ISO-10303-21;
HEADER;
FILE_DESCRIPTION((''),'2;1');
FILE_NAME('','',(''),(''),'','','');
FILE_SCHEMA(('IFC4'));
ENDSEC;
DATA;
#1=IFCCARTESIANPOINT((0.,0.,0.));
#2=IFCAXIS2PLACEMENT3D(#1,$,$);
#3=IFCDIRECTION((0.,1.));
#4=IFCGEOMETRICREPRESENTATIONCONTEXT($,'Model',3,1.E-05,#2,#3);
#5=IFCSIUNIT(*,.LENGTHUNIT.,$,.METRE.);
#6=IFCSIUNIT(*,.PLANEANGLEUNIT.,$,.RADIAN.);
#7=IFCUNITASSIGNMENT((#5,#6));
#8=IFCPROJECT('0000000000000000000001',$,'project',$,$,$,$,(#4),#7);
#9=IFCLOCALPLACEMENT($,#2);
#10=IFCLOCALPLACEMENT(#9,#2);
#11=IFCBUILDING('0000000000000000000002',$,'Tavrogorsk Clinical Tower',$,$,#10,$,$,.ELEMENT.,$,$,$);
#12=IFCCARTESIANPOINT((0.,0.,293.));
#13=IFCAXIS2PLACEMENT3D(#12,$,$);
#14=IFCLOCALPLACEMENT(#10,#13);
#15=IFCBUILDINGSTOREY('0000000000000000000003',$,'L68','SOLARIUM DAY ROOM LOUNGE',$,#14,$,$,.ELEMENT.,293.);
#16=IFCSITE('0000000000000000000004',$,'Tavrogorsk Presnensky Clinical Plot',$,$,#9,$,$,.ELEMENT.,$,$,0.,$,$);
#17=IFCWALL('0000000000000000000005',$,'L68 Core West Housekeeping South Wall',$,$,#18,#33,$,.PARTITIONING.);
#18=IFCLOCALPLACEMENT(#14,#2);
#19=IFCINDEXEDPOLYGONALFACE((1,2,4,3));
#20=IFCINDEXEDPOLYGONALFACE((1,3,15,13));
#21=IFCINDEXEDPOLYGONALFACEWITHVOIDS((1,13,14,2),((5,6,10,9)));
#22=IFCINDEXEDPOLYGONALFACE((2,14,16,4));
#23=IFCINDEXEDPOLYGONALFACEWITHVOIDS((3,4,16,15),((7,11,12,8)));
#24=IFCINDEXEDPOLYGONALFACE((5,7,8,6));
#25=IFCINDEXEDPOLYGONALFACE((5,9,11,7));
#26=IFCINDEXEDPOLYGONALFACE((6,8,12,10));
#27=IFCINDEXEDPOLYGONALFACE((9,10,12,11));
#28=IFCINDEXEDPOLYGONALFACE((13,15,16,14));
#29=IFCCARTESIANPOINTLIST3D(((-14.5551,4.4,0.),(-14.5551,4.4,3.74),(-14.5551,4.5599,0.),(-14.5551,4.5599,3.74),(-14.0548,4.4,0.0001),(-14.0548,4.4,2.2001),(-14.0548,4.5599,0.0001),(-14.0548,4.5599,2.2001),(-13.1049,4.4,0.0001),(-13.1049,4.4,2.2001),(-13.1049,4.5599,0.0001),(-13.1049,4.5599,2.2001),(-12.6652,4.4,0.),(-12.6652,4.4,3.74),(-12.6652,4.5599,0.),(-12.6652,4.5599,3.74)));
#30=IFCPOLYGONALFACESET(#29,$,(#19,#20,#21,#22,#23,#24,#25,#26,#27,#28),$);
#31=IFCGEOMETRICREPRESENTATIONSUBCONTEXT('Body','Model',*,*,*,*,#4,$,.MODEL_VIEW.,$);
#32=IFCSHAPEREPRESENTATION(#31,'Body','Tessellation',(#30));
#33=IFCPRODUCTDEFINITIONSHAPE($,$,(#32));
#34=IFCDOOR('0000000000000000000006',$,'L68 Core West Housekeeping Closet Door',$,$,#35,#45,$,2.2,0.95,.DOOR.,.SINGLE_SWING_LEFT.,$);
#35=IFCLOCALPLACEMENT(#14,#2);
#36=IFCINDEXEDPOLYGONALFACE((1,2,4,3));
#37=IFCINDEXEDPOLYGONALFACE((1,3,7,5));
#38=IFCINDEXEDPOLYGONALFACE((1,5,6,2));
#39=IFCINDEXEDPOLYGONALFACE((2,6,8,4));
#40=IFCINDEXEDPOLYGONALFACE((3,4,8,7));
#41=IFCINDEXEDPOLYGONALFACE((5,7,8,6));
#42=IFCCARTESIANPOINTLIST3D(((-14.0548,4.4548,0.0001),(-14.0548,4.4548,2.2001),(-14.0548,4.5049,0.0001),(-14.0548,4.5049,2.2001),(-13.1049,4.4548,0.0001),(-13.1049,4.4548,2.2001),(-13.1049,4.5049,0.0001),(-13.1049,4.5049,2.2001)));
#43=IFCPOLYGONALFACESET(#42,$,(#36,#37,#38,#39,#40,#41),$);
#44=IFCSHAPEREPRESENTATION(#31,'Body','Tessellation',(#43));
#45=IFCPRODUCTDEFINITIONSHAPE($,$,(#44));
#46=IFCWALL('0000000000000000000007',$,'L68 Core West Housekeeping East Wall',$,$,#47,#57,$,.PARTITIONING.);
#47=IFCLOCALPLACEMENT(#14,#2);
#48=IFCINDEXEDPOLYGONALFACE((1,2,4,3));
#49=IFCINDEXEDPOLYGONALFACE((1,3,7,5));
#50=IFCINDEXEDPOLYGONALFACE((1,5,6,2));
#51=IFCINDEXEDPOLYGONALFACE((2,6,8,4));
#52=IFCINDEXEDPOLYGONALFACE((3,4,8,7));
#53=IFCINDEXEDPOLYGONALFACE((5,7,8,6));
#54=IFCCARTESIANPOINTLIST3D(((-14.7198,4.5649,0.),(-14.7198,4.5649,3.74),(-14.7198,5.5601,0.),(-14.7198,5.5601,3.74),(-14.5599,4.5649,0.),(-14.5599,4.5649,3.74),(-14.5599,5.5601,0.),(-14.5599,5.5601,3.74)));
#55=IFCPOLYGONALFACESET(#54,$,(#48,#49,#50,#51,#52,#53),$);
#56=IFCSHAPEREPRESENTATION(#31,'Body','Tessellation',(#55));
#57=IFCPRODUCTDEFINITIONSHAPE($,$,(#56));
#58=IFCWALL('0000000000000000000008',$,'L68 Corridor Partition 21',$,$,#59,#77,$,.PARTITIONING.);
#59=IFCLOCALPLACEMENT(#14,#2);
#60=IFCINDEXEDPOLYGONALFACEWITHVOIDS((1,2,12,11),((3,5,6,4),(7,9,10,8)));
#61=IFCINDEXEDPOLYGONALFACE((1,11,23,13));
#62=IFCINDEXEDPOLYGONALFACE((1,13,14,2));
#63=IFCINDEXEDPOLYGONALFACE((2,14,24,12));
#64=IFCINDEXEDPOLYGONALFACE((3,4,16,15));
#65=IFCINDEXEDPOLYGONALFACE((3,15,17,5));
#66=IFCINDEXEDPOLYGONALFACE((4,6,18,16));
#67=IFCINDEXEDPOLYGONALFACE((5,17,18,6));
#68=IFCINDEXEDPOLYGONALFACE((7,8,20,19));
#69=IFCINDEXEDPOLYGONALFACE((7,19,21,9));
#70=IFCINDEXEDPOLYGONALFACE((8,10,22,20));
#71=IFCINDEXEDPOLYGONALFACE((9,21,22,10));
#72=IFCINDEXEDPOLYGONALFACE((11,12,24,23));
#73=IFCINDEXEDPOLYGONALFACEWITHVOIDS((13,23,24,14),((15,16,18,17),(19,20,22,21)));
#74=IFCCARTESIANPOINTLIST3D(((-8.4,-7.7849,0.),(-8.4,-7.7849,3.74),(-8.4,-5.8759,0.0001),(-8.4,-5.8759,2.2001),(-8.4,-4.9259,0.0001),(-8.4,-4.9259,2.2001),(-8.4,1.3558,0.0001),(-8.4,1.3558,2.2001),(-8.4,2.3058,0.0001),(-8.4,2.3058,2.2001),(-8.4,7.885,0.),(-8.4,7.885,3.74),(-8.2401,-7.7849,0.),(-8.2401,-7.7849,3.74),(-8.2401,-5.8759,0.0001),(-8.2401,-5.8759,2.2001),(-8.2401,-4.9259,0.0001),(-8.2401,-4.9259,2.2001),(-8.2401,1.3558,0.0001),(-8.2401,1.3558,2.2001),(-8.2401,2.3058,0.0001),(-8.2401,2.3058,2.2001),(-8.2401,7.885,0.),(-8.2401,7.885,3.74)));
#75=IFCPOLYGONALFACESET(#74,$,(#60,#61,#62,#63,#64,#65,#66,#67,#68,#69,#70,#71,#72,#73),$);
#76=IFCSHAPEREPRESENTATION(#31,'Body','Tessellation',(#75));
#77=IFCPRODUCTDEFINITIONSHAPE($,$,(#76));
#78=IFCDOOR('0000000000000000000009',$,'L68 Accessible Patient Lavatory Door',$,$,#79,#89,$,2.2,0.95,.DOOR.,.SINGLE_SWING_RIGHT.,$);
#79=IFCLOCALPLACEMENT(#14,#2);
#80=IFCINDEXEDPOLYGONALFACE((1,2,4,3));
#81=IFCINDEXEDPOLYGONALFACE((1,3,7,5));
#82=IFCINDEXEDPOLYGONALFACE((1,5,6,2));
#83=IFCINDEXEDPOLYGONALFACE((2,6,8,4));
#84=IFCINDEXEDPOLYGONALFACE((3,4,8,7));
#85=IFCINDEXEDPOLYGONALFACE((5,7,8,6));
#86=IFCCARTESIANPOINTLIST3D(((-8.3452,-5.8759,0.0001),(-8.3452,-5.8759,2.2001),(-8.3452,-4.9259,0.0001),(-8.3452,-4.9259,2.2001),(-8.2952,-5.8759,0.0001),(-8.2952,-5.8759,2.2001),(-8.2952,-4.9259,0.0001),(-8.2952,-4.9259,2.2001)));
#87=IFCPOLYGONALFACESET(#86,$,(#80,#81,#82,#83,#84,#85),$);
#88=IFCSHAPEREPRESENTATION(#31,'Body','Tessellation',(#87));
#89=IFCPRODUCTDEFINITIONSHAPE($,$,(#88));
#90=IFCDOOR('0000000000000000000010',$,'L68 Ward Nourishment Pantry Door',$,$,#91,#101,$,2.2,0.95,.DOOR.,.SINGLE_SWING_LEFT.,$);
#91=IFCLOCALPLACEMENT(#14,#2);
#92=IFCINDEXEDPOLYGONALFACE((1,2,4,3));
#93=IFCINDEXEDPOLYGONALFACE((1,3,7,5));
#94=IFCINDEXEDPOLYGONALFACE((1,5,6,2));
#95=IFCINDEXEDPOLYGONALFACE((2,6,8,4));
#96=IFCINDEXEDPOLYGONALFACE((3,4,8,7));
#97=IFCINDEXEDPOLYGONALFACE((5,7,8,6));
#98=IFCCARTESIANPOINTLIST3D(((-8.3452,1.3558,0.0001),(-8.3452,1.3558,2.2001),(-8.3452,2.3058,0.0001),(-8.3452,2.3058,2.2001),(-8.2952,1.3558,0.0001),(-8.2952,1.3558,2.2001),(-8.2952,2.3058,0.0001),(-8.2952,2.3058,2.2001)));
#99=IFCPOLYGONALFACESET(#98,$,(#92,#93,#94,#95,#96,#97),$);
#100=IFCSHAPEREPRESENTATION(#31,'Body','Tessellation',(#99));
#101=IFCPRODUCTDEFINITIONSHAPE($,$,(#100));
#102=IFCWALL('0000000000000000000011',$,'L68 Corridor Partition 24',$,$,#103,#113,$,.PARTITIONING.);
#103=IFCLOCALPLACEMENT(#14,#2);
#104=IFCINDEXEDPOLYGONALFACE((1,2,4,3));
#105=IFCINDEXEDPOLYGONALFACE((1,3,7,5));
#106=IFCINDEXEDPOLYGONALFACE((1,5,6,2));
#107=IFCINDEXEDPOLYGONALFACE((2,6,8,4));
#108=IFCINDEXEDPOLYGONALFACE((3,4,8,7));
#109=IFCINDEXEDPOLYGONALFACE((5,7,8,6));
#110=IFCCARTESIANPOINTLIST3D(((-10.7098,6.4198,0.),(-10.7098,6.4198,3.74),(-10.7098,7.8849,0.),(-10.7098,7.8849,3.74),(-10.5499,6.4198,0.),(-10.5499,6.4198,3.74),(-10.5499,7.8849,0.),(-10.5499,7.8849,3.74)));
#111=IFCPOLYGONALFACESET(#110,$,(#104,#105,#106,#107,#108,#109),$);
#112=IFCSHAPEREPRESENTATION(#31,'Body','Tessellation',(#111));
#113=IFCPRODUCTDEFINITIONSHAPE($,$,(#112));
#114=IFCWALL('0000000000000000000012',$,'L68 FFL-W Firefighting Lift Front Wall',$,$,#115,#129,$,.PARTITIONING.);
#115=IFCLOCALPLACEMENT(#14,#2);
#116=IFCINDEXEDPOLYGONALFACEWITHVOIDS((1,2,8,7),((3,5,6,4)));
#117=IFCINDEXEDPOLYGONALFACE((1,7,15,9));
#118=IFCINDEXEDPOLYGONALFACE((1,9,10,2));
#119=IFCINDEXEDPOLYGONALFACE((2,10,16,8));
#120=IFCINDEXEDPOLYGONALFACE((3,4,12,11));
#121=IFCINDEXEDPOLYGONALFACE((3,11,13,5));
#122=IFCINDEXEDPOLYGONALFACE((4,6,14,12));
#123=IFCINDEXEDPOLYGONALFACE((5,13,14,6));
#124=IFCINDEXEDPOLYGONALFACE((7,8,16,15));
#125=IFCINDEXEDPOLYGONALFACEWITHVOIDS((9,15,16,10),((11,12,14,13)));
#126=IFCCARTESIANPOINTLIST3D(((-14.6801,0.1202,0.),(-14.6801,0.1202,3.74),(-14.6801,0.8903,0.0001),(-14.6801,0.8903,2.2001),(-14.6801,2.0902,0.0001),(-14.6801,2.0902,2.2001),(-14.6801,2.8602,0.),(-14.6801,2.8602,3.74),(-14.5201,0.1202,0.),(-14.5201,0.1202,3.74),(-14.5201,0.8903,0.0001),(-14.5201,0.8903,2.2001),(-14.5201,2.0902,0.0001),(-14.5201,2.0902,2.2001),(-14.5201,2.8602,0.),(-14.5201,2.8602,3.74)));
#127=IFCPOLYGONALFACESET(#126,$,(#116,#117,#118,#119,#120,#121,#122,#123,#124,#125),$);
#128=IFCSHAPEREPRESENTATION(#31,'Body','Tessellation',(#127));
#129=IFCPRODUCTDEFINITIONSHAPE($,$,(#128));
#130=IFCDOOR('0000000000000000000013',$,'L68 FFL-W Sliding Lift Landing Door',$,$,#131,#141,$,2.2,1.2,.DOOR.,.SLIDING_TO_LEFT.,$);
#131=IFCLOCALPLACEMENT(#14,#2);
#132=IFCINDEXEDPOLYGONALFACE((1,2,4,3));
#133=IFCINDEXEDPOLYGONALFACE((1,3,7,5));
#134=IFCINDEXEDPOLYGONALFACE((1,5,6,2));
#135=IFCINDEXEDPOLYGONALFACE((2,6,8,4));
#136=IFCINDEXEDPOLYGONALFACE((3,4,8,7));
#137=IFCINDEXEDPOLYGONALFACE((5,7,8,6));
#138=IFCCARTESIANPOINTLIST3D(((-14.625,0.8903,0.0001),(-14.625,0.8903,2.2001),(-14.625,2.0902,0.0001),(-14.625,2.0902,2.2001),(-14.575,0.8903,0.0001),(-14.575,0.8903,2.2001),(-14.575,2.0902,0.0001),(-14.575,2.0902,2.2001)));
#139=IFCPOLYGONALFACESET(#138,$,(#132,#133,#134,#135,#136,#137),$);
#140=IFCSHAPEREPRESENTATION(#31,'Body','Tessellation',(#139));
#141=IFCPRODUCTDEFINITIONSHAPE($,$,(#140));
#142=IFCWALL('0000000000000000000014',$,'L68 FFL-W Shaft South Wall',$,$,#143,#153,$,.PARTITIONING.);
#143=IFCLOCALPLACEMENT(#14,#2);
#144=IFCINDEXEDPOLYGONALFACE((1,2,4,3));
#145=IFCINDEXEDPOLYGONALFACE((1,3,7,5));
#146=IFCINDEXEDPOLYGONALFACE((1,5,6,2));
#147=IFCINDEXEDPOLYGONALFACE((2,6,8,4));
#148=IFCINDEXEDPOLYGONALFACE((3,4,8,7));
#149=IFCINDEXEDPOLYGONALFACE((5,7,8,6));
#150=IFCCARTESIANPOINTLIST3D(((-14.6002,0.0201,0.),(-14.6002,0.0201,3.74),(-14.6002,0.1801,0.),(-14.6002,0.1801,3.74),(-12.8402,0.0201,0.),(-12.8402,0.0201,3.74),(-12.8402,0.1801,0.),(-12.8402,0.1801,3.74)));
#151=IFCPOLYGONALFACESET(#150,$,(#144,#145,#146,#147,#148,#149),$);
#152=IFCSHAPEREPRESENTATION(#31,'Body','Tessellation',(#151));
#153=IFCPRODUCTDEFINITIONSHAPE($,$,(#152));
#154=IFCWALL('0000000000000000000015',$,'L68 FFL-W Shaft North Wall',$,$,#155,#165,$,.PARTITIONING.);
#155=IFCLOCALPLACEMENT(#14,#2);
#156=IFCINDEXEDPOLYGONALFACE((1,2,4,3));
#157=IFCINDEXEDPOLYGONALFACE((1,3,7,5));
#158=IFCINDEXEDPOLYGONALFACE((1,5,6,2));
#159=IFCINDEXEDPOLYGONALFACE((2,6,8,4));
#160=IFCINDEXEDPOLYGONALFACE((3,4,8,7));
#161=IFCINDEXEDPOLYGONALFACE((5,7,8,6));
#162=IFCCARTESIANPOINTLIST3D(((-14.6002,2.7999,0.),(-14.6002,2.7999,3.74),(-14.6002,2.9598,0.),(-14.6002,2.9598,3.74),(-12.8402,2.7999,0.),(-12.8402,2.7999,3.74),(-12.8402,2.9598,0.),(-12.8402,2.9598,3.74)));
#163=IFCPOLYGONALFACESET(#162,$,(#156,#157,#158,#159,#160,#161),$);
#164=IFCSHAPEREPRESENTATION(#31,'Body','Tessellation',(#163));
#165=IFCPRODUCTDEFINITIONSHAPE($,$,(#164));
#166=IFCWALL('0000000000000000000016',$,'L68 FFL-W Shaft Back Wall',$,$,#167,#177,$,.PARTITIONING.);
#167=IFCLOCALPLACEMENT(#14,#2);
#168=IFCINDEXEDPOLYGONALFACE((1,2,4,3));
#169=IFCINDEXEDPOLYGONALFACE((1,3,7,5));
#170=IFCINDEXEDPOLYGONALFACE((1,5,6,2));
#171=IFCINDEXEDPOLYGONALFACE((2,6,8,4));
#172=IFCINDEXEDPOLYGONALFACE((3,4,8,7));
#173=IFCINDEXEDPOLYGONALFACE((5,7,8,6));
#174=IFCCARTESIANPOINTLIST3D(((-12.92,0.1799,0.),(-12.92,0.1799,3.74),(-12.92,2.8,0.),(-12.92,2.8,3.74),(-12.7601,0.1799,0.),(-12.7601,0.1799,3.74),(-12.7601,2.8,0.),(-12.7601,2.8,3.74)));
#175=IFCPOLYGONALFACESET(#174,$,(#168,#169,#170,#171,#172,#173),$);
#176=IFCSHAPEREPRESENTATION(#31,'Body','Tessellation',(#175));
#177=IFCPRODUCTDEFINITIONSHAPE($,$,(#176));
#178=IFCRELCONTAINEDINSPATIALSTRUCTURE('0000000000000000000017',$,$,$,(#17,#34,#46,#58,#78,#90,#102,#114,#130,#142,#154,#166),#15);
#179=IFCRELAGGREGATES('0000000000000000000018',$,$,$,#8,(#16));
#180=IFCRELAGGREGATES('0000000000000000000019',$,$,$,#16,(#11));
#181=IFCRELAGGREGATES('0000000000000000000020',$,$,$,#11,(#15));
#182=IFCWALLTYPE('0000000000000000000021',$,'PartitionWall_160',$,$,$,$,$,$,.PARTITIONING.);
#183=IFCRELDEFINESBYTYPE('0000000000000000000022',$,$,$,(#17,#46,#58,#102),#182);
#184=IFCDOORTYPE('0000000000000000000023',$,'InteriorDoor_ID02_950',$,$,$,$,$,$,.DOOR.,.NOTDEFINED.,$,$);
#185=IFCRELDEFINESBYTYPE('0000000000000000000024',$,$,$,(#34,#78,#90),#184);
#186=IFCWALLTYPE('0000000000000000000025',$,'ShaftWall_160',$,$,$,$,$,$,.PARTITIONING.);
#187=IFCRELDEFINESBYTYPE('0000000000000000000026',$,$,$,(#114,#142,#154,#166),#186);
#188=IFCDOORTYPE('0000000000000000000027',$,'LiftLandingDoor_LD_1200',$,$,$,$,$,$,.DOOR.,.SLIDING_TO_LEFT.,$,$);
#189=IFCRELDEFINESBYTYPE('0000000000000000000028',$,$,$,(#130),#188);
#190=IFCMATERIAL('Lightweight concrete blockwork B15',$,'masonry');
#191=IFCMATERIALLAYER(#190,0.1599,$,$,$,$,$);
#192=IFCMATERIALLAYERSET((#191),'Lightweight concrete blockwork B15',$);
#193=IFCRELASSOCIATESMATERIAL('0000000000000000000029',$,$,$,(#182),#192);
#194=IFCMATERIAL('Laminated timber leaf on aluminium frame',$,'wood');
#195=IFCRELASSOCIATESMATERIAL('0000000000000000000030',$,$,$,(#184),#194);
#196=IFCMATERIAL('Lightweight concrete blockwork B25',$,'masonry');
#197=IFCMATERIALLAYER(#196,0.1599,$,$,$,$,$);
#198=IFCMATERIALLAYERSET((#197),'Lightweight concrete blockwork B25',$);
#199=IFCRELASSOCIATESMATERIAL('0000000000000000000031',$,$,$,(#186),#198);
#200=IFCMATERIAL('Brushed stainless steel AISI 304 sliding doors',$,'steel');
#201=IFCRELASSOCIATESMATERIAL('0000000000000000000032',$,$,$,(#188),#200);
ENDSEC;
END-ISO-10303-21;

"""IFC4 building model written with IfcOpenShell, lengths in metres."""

from ifc_helpers import new_model, si_unit, direction, frame, frame_2d, origin, place, context, subcontext, project, spatial, rectangle, extrude, material, layer, layer_set, type_object, element, fill, save


model = new_model("IFC4")

# Units and contexts
model_context = context("Model", 3, precision=1e-05, world=origin(), true_north=direction((0.0, 1.0)))
body_context = subcontext(model_context, "Body", "Model", "MODEL_VIEW")
ifc_project = project(units=[si_unit("LENGTHUNIT", "METRE"), si_unit("PLANEANGLEUNIT", "RADIAN")], contexts=[model_context])

# Site, building, storey
site_placement = place(None, origin())
site = spatial("IfcSite", under=ifc_project, at=site_placement, Name="Tavrogorsk Presnensky Clinical Plot", CompositionType="ELEMENT", RefElevation=0.0)
building_placement = place(site_placement, origin())
building = spatial("IfcBuilding", under=site, at=building_placement, Name="Tavrogorsk Clinical Tower", CompositionType="ELEMENT")
storey_placement = place(building_placement, frame((0.0, 0.0, 293.0)))
storey = spatial("IfcBuildingStorey", under=building, at=storey_placement, Name="L68", Description="SOLARIUM DAY ROOM LOUNGE", CompositionType="ELEMENT", Elevation=293.0)

# Wall, opening, door
ifc_material_1 = material(Name="Lightweight concrete blockwork B15", Category="masonry")
ifc_layer_1 = layer(ifc_material_1, 0.1599)
ifc_layer_set_1 = layer_set([ifc_layer_1], Name="Lightweight concrete blockwork B15")
wall_type_1 = type_object("IfcWallType", Name="PartitionWall_160", PredefinedType="PARTITIONING", material=ifc_layer_set_1)
ifc_material_2 = material(Name="Laminated timber leaf on aluminium frame", Category="wood")
door_type_1 = type_object("IfcDoorType", Name="InteriorDoor_ID02_950", OperationType="NOTDEFINED", PredefinedType="DOOR", material=ifc_material_2)
wall_1_placement = place(storey_placement, frame((-14.5549, 4.48, 0.0), z_axis=(0.0, 0.0, 1.0), x_axis=(1.0, 0.0, 0.0)))
wall_1 = element("IfcWall", 1, at=wall_1_placement, inside=storey, type_object=wall_type_1, Name="L68 Core West Housekeeping South Wall", PredefinedType="PARTITIONING", context=body_context, shape_type="SweptSolid", body=[
    extrude(rectangle(XDim=1.8899, YDim=0.1599, at=frame_2d((0.9448, 0.0))), origin(), (0.0, 0.0, 1.0), 3.74),
])
opening_1_placement = place(wall_1_placement, frame((0.5, 0.0, 0.0)))
opening_1 = element("IfcOpeningElement", 2, at=opening_1_placement, cuts=wall_1, PredefinedType="OPENING", context=body_context, shape_type="SweptSolid", body=[
    extrude(rectangle(XDim=0.95, YDim=2.2, at=frame_2d((0.4751, 1.1001))), frame((0.0, 0.0898, 0.0), z_axis=(0.0, -1.0, 0.0), x_axis=(1.0, 0.0, 0.0)), (0.0, 0.0, 1.0), 0.1799),
])
door_1_placement = place(opening_1_placement, origin())
door_1 = element("IfcDoor", 3, at=door_1_placement, inside=storey, type_object=door_type_1, Name="L68 Core West Housekeeping Closet Door", OperationType="SINGLE_SWING_LEFT", OverallHeight=2.2, OverallWidth=0.95, PredefinedType="DOOR", context=body_context, shape_type="SweptSolid", body=[
    extrude(rectangle(XDim=0.95, YDim=2.2, at=frame_2d((0.4751, 1.1001))), frame((0.0, 0.0249, 0.0), z_axis=(0.0, -1.0, 0.0), x_axis=(1.0, 0.0, 0.0)), (0.0, 0.0, 1.0), 0.05),
])
fill(opening_1, door_1)

# Wall
wall_2_placement = place(storey_placement, frame((-14.6399, 4.5649, 0.0), z_axis=(0.0, 0.0, 1.0), x_axis=(0.0, 1.0, 0.0)))
element("IfcWall", 4, at=wall_2_placement, inside=storey, type_object=wall_type_1, Name="L68 Core West Housekeeping East Wall", PredefinedType="PARTITIONING", context=body_context, shape_type="SweptSolid", body=[
    extrude(rectangle(XDim=0.9951, YDim=0.1599, at=frame_2d((0.4976, 0.0))), origin(), (0.0, 0.0, 1.0), 3.74),
])

# Wall, openings, doors
wall_3_placement = place(storey_placement, frame((-8.3201, 7.885, 0.0), z_axis=(0.0, 0.0, 1.0), x_axis=(0.0, -1.0, 0.0)))
wall_3 = element("IfcWall", 5, at=wall_3_placement, inside=storey, type_object=wall_type_1, Name="L68 Corridor Partition 21", PredefinedType="PARTITIONING", context=body_context, shape_type="SweptSolid", body=[
    extrude(rectangle(XDim=15.6699, YDim=0.1599, at=frame_2d((7.835, 0.0))), origin(), (0.0, 0.0, 1.0), 3.74),
])
opening_2_placement = place(wall_3_placement, frame((12.8108, 0.0, 0.0)))
opening_2 = element("IfcOpeningElement", 6, at=opening_2_placement, cuts=wall_3, PredefinedType="OPENING", context=body_context, shape_type="SweptSolid", body=[
    extrude(rectangle(XDim=0.95, YDim=2.2, at=frame_2d((0.4751, 1.1001))), frame((0.0, 0.0898, 0.0), z_axis=(0.0, -1.0, 0.0), x_axis=(1.0, 0.0, 0.0)), (0.0, 0.0, 1.0), 0.1799),
])
opening_3_placement = place(wall_3_placement, frame((5.5791, 0.0, 0.0)))
opening_3 = element("IfcOpeningElement", 7, at=opening_3_placement, cuts=wall_3, PredefinedType="OPENING", context=body_context, shape_type="SweptSolid", body=[
    extrude(rectangle(XDim=0.95, YDim=2.2, at=frame_2d((0.4751, 1.1001))), frame((0.0, 0.0898, 0.0), z_axis=(0.0, -1.0, 0.0), x_axis=(1.0, 0.0, 0.0)), (0.0, 0.0, 1.0), 0.1799),
])
door_2_placement = place(opening_2_placement, origin())
door_2 = element("IfcDoor", 8, at=door_2_placement, inside=storey, type_object=door_type_1, Name="L68 Accessible Patient Lavatory Door", OperationType="SINGLE_SWING_RIGHT", OverallHeight=2.2, OverallWidth=0.95, PredefinedType="DOOR", context=body_context, shape_type="SweptSolid", body=[
    extrude(rectangle(XDim=0.95, YDim=2.2, at=frame_2d((0.4751, 1.1001))), frame((0.0, 0.0249, 0.0), z_axis=(0.0, -1.0, 0.0), x_axis=(1.0, 0.0, 0.0)), (0.0, 0.0, 1.0), 0.05),
])
fill(opening_2, door_2)
door_3_placement = place(opening_3_placement, origin())
door_3 = element("IfcDoor", 9, at=door_3_placement, inside=storey, type_object=door_type_1, Name="L68 Ward Nourishment Pantry Door", OperationType="SINGLE_SWING_LEFT", OverallHeight=2.2, OverallWidth=0.95, PredefinedType="DOOR", context=body_context, shape_type="SweptSolid", body=[
    extrude(rectangle(XDim=0.95, YDim=2.2, at=frame_2d((0.4751, 1.1001))), frame((0.0, 0.0249, 0.0), z_axis=(0.0, -1.0, 0.0), x_axis=(1.0, 0.0, 0.0)), (0.0, 0.0, 1.0), 0.05),
])
fill(opening_3, door_3)

# Wall
wall_4_placement = place(storey_placement, frame((-10.6299, 6.4199, 0.0), z_axis=(0.0, 0.0, 1.0), x_axis=(0.0, 1.0, 0.0)))
element("IfcWall", 10, at=wall_4_placement, inside=storey, type_object=wall_type_1, Name="L68 Corridor Partition 24", PredefinedType="PARTITIONING", context=body_context, shape_type="SweptSolid", body=[
    extrude(rectangle(XDim=1.4651, YDim=0.1599, at=frame_2d((0.7324, 0.0))), origin(), (0.0, 0.0, 1.0), 3.74),
])

# Wall, opening, door
ifc_material_3 = material(Name="Lightweight concrete blockwork B25", Category="masonry")
ifc_layer_2 = layer(ifc_material_3, 0.1599)
ifc_layer_set_2 = layer_set([ifc_layer_2], Name="Lightweight concrete blockwork B25")
wall_type_2 = type_object("IfcWallType", Name="ShaftWall_160", PredefinedType="PARTITIONING", material=ifc_layer_set_2)
wall_5_placement = place(storey_placement, frame((-14.6001, 0.1201, 0.0), z_axis=(0.0, 0.0, 1.0), x_axis=(0.0, 1.0, 0.0)))
wall_5 = element("IfcWall", 11, at=wall_5_placement, inside=storey, type_object=wall_type_2, Name="L68 FFL-W Firefighting Lift Front Wall", PredefinedType="PARTITIONING", context=body_context, shape_type="SweptSolid", body=[
    extrude(rectangle(XDim=2.74, YDim=0.1599, at=frame_2d((1.3701, 0.0))), origin(), (0.0, 0.0, 1.0), 3.74),
])
opening_4_placement = place(wall_5_placement, frame((0.77, 0.0, 0.0)))
opening_4 = element("IfcOpeningElement", 12, at=opening_4_placement, cuts=wall_5, PredefinedType="OPENING", context=body_context, shape_type="SweptSolid", body=[
    extrude(rectangle(XDim=1.2, YDim=2.2, at=frame_2d((0.6001, 1.1001))), frame((0.0, 0.0898, 0.0), z_axis=(0.0, -1.0, 0.0), x_axis=(1.0, 0.0, 0.0)), (0.0, 0.0, 1.0), 0.1799),
])
ifc_material_4 = material(Name="Brushed stainless steel AISI 304 sliding doors", Category="steel")
door_type_2 = type_object("IfcDoorType", Name="LiftLandingDoor_LD_1200", OperationType="SLIDING_TO_LEFT", PredefinedType="DOOR", material=ifc_material_4)
door_4_placement = place(opening_4_placement, origin())
door_4 = element("IfcDoor", 13, at=door_4_placement, inside=storey, type_object=door_type_2, Name="L68 FFL-W Sliding Lift Landing Door", OperationType="SLIDING_TO_LEFT", OverallHeight=2.2, OverallWidth=1.2, PredefinedType="DOOR", context=body_context, shape_type="SweptSolid", body=[
    extrude(rectangle(XDim=1.2, YDim=2.2, at=frame_2d((0.6001, 1.1001))), frame((0.0, 0.0249, 0.0), z_axis=(0.0, -1.0, 0.0), x_axis=(1.0, 0.0, 0.0)), (0.0, 0.0, 1.0), 0.05),
])
fill(opening_4, door_4)

# Walls
for number, where, z_axis, x_axis, name in (
    (14, (-14.6001, 0.1001, 0.0), (0.0, 0.0, 1.0), (1.0, 0.0, 0.0), "L68 FFL-W Shaft South Wall"),
    (15, (-14.6001, 2.8799, 0.0), (0.0, 0.0, 1.0), (1.0, 0.0, 0.0), "L68 FFL-W Shaft North Wall"),
):
    element("IfcWall", number, at=place(storey_placement, frame(where, z_axis=z_axis, x_axis=x_axis)), inside=storey, type_object=wall_type_2, Name=name, PredefinedType="PARTITIONING", context=body_context, shape_type="SweptSolid", body=[
        extrude(rectangle(XDim=1.76, YDim=0.1599, at=frame_2d((0.8799, 0.0))), origin(), (0.0, 0.0, 1.0), 3.74),
    ])
wall_6_placement = place(storey_placement, frame((-12.8401, 0.1799, 0.0), z_axis=(0.0, 0.0, 1.0), x_axis=(0.0, 1.0, 0.0)))
element("IfcWall", 16, at=wall_6_placement, inside=storey, type_object=wall_type_2, Name="L68 FFL-W Shaft Back Wall", PredefinedType="PARTITIONING", context=body_context, shape_type="SweptSolid", body=[
    extrude(rectangle(XDim=2.6201, YDim=0.1599, at=frame_2d((1.3101, 0.0))), origin(), (0.0, 0.0, 1.0), 3.74),
])

save(model, "model.ifc")
